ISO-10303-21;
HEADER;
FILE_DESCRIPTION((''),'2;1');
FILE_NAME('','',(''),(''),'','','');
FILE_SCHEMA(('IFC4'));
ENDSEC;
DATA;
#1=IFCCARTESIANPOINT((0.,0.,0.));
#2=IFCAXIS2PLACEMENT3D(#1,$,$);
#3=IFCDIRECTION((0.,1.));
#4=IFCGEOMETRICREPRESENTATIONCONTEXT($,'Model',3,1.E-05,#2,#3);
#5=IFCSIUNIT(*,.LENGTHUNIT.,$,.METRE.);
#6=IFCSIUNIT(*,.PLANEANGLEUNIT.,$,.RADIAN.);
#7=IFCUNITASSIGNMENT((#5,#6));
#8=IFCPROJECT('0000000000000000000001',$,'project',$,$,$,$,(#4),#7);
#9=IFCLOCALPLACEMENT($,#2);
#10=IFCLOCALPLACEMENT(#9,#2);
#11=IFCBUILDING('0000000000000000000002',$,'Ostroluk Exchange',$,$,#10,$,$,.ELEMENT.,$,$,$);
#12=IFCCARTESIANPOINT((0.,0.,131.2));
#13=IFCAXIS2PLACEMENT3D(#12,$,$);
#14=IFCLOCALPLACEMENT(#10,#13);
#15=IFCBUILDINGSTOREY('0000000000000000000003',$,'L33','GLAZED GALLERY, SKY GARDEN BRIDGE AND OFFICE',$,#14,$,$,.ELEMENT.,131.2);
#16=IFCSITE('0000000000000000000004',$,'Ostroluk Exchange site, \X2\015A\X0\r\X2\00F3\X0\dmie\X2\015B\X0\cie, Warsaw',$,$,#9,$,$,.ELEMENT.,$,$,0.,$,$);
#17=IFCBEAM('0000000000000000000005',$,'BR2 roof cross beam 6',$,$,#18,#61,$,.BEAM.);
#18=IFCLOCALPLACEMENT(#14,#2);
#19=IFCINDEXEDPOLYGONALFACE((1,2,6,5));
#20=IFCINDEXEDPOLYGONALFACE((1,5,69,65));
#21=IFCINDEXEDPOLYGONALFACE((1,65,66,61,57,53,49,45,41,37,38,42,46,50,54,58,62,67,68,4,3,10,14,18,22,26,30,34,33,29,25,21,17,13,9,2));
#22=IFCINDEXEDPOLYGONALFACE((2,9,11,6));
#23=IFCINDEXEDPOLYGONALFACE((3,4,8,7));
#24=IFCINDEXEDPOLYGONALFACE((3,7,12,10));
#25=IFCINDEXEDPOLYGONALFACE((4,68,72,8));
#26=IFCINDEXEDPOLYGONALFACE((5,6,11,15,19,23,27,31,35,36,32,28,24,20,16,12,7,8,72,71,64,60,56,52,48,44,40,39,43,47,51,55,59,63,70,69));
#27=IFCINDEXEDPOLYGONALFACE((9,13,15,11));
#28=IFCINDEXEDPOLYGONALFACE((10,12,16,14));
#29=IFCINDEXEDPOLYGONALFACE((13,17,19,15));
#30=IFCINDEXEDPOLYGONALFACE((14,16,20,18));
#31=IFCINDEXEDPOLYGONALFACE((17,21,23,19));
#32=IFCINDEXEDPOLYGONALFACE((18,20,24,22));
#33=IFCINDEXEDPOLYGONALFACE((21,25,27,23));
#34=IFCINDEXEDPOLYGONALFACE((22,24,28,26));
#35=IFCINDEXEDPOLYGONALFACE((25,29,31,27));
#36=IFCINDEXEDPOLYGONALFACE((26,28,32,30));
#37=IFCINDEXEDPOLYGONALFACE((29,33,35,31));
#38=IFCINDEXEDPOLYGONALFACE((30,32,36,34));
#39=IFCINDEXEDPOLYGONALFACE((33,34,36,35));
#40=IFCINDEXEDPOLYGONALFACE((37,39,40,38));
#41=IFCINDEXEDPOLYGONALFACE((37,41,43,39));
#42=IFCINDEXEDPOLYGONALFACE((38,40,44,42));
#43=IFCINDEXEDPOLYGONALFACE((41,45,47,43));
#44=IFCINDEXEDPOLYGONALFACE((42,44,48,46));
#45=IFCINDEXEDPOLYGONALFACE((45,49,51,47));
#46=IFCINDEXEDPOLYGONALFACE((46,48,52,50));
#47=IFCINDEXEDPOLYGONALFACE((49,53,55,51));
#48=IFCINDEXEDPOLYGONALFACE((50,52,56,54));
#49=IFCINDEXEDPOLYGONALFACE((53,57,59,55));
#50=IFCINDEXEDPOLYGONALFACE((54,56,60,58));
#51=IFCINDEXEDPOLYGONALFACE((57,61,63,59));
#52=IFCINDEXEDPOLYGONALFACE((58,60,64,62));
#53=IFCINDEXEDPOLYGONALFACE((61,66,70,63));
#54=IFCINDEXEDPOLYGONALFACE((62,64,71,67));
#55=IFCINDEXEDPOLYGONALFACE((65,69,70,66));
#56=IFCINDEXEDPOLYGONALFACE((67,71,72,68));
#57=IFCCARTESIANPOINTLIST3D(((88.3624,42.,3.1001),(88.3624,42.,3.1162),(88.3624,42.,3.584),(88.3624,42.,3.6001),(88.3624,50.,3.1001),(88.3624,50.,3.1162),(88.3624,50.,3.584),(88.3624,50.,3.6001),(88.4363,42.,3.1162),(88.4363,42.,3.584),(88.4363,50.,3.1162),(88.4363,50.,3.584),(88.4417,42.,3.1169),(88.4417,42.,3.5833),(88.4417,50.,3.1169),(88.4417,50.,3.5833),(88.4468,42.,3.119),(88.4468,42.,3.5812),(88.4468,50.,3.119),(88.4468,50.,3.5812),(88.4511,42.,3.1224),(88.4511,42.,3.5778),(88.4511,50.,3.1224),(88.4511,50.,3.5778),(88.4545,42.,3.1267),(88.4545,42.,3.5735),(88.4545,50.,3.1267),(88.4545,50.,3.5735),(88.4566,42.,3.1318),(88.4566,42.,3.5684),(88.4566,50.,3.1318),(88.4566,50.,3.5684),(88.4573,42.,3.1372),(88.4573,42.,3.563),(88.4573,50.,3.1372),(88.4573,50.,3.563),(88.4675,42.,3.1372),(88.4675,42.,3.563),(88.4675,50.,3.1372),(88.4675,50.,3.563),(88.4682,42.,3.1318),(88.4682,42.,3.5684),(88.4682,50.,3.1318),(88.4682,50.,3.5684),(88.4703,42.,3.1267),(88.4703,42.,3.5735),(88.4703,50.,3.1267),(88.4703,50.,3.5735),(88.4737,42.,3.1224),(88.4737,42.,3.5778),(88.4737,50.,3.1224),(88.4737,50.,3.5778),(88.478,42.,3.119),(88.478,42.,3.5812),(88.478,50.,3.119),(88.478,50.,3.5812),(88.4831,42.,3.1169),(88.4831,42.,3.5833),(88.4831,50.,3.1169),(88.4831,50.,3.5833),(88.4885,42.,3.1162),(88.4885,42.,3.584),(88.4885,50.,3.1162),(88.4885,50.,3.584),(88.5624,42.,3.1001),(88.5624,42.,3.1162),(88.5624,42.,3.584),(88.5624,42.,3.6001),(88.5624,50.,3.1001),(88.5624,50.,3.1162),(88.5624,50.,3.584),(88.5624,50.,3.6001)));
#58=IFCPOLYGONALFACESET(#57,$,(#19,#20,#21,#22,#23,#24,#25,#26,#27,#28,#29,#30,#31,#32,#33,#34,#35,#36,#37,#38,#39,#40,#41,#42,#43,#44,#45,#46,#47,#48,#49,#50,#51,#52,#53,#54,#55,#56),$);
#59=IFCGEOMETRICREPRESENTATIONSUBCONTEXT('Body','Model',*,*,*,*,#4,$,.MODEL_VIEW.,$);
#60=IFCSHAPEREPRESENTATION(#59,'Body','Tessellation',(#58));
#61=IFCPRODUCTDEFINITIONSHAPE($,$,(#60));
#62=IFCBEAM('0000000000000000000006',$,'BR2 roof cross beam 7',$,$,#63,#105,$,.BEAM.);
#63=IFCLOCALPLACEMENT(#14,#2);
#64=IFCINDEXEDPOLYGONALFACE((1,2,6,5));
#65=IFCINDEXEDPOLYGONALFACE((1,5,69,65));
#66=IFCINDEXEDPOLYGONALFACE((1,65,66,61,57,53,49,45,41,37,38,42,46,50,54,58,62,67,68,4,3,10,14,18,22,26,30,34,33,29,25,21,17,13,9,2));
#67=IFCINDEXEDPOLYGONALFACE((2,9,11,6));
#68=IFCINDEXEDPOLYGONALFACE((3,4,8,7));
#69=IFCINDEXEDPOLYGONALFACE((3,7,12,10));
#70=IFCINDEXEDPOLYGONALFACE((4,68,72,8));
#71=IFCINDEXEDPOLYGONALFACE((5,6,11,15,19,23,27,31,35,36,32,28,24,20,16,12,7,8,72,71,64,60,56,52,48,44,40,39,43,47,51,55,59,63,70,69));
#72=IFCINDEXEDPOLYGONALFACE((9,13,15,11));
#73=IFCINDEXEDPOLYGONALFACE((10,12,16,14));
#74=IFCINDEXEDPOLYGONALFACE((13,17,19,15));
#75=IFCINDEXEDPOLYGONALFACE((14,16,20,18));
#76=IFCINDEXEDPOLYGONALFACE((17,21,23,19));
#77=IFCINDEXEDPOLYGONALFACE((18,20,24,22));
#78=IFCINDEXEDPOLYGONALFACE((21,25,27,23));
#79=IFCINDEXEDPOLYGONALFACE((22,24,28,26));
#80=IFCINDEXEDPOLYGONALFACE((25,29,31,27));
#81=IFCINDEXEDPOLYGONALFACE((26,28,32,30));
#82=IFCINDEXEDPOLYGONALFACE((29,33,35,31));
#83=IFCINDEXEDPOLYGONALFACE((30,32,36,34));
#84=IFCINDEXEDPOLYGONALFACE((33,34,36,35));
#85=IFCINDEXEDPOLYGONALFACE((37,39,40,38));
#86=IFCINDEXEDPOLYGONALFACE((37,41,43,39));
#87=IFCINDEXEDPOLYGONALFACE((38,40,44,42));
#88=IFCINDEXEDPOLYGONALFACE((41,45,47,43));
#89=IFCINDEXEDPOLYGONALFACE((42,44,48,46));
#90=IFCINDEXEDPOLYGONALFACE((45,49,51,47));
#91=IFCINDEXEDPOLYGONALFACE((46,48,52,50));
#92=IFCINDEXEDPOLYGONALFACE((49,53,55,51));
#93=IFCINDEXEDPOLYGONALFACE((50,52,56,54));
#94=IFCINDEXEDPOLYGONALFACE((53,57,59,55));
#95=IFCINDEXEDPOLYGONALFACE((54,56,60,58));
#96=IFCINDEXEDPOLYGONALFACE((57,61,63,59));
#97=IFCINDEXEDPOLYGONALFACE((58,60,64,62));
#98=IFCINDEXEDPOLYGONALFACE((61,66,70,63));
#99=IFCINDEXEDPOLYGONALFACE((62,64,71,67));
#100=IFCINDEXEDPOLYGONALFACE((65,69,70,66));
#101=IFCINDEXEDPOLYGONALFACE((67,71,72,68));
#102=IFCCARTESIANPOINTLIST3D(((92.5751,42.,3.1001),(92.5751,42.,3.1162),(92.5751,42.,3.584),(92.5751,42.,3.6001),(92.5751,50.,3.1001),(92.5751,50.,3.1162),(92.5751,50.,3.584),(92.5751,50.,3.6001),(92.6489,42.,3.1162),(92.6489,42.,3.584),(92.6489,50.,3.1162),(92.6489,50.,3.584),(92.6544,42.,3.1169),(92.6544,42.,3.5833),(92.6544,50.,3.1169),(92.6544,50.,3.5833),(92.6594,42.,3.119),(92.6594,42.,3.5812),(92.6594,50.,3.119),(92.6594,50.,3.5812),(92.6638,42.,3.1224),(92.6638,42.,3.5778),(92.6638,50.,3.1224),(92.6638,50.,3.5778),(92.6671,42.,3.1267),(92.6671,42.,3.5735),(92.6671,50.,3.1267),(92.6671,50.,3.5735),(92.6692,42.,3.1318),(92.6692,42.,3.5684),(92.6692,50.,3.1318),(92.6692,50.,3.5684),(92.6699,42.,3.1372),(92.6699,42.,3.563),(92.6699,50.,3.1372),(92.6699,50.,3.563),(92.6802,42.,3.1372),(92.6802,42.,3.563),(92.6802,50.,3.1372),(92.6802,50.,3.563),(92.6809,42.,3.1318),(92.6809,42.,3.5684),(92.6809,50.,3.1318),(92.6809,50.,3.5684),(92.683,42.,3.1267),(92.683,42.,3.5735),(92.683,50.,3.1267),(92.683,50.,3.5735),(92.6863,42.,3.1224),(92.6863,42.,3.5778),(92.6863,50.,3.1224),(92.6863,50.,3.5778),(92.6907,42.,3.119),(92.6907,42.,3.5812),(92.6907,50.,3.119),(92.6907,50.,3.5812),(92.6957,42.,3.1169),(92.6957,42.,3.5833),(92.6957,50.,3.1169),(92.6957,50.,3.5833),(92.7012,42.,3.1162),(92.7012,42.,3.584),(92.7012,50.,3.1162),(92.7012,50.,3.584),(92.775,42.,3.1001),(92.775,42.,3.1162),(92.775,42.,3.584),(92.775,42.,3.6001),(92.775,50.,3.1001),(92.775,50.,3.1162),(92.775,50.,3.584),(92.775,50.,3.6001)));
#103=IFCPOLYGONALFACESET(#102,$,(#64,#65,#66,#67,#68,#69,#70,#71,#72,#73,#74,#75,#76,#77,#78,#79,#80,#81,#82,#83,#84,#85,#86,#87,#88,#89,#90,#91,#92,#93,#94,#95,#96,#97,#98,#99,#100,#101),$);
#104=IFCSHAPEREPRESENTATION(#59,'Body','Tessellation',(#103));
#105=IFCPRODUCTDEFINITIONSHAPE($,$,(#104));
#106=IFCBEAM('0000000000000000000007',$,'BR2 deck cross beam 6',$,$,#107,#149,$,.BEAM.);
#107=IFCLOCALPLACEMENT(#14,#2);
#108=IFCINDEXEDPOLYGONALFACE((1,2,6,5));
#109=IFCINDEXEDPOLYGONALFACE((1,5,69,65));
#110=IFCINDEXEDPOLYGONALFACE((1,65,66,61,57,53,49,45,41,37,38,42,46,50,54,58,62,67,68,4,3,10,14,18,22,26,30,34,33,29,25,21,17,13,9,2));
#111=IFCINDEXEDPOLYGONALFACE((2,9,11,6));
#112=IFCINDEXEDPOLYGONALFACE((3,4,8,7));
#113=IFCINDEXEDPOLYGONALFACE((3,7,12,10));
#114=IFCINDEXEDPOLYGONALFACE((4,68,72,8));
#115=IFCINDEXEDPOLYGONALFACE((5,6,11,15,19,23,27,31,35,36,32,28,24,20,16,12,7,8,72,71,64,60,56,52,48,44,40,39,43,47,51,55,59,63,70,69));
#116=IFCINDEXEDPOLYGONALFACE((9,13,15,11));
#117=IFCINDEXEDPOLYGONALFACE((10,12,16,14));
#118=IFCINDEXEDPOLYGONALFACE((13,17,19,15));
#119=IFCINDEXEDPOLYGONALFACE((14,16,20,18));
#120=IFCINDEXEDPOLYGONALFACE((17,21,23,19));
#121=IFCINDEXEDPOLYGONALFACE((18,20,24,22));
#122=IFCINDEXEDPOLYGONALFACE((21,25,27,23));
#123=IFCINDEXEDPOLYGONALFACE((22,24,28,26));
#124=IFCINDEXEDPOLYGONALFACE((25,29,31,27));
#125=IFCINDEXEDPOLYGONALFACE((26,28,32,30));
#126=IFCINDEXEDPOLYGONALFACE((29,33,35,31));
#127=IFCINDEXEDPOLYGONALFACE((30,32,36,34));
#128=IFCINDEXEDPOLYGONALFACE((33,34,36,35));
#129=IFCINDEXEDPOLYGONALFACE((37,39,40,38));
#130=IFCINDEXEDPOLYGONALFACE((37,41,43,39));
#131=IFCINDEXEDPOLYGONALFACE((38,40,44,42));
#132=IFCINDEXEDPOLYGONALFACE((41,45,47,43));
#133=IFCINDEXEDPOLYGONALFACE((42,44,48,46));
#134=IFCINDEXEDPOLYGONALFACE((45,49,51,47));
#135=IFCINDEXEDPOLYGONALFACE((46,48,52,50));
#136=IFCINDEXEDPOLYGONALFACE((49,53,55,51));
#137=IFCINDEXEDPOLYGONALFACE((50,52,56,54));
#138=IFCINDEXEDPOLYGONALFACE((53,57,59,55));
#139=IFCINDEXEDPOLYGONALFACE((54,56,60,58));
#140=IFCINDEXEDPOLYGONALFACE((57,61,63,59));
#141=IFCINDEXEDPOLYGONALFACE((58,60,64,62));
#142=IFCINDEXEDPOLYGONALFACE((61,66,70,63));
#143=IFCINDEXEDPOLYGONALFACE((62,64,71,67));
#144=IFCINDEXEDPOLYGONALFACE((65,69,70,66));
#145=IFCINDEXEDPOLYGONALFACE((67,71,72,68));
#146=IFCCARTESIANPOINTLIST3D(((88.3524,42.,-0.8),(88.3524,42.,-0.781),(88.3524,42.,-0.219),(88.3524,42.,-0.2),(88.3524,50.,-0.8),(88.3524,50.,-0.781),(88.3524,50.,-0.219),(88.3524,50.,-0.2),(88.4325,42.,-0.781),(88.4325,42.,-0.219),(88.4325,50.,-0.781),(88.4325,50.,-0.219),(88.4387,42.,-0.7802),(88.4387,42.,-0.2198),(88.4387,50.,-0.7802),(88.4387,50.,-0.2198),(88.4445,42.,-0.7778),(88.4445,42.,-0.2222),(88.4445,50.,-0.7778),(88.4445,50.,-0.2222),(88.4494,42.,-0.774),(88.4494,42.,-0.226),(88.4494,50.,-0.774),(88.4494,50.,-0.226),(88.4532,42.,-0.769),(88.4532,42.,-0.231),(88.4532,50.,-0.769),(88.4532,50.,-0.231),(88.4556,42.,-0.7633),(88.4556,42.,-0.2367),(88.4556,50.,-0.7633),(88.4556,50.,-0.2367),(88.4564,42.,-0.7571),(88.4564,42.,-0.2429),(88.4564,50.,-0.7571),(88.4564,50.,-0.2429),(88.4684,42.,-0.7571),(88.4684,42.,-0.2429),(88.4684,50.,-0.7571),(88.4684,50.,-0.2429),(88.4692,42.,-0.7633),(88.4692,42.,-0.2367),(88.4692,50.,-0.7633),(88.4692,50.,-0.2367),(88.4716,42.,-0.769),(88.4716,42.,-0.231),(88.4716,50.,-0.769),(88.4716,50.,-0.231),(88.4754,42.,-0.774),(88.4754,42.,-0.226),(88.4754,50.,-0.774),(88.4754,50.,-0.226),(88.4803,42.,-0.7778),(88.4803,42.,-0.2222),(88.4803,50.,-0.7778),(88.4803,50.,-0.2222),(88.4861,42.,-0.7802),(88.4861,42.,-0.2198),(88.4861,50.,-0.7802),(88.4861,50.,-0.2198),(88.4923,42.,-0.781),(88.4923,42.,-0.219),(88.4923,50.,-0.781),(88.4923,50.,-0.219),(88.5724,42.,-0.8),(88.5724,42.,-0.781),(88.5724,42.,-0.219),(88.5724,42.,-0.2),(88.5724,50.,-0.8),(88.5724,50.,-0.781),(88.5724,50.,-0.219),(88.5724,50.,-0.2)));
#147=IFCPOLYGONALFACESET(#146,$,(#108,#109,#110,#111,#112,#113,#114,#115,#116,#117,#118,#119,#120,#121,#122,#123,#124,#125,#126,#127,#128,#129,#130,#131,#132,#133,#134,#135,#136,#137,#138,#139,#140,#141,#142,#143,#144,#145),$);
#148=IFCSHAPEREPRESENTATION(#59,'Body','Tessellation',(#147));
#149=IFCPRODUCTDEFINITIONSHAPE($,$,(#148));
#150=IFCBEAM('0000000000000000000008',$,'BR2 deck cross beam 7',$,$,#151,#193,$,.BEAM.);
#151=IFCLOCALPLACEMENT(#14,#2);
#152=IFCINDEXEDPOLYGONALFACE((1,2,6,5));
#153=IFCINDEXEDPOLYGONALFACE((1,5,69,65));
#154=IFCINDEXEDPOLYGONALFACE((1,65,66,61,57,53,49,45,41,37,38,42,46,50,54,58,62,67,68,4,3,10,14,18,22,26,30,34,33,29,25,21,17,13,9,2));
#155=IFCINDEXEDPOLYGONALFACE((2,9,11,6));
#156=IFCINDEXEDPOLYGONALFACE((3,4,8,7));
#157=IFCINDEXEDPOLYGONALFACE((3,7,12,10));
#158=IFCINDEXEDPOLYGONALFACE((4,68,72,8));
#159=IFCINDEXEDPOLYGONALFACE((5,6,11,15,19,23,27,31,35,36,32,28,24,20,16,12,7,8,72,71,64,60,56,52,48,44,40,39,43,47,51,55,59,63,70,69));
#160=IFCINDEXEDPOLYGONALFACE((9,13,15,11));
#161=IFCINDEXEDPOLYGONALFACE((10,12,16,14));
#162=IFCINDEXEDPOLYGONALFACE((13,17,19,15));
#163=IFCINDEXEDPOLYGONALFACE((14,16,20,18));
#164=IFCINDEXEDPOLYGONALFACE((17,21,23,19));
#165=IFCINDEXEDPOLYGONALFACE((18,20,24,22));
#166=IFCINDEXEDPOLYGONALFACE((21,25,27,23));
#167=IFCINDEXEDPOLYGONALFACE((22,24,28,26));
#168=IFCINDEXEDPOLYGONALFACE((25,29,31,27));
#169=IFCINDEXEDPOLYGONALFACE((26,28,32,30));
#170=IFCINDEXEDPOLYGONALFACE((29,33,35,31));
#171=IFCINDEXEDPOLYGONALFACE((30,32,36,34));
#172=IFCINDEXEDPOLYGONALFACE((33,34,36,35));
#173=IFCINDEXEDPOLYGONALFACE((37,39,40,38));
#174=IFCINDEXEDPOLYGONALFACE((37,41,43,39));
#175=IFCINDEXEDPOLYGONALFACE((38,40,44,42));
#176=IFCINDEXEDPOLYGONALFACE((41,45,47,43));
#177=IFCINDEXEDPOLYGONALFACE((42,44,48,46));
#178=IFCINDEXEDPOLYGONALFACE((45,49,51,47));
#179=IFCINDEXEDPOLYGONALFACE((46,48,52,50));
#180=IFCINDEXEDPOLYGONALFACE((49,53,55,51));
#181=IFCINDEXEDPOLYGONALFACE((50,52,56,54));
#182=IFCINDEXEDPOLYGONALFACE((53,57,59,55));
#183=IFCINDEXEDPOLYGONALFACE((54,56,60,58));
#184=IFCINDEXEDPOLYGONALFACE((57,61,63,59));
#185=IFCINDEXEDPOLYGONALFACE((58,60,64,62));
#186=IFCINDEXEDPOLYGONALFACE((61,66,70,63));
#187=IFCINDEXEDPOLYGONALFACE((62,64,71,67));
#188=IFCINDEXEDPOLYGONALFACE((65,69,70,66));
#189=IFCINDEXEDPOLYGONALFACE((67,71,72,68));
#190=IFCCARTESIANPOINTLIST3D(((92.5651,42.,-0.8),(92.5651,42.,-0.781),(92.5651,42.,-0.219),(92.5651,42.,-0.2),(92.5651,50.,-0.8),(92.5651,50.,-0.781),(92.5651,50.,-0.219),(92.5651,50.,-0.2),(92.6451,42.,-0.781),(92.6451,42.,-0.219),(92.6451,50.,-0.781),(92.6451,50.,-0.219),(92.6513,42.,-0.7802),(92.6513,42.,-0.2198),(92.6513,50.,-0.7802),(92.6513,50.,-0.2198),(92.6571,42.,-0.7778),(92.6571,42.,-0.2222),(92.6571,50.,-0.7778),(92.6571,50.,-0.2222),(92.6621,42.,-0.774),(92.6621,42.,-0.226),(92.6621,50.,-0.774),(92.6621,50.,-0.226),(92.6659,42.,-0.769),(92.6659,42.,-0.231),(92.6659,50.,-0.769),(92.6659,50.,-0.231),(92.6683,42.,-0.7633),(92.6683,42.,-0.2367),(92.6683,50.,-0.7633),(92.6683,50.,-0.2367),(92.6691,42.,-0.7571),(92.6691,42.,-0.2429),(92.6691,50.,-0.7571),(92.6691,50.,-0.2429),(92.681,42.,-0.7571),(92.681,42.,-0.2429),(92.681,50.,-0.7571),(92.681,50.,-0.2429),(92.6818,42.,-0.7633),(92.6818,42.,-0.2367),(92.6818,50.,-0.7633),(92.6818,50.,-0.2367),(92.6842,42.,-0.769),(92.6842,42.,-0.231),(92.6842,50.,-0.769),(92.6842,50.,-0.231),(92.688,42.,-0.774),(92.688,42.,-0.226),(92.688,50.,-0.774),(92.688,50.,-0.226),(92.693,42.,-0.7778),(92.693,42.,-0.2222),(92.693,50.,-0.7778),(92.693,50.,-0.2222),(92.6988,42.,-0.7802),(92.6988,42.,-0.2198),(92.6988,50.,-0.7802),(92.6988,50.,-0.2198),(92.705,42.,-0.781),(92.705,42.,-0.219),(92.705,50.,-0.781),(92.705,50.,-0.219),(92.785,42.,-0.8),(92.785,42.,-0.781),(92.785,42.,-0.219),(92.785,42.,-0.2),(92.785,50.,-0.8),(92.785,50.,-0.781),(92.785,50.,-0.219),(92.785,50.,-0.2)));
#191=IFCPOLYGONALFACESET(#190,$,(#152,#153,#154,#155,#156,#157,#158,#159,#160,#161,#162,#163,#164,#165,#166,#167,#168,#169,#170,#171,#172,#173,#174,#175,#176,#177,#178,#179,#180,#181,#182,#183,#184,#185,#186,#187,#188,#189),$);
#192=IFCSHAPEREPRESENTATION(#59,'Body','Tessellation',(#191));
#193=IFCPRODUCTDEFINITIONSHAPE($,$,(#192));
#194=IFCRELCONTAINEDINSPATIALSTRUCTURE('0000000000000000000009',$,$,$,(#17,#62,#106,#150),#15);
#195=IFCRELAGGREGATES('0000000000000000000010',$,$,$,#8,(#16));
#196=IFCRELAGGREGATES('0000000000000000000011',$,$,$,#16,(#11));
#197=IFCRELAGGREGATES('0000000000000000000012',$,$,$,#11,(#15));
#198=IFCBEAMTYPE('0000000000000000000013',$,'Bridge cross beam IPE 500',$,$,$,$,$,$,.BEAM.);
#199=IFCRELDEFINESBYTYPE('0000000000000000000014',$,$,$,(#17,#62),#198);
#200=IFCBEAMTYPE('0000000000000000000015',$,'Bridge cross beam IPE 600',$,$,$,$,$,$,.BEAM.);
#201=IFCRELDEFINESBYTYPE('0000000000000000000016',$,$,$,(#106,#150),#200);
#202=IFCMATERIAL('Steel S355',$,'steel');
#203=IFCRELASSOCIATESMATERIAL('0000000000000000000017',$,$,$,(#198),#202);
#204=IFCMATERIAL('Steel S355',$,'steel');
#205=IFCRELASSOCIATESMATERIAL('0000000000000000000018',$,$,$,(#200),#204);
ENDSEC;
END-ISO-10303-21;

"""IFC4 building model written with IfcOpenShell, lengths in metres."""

from ifc_helpers import new_model, si_unit, direction, frame, origin, origin_2d, place, context, subcontext, project, spatial, i_section, extrude, material, material_profile, profile_set, type_object, element, save


model = new_model("IFC4")

# Units and contexts
model_context = context("Model", 3, precision=1e-05, world=origin(), true_north=direction((0.0, 1.0)))
body_context = subcontext(model_context, "Body", "Model", "MODEL_VIEW")
ifc_project = project(units=[si_unit("LENGTHUNIT", "METRE"), si_unit("PLANEANGLEUNIT", "RADIAN")], contexts=[model_context])

# Site, building, storey
site_placement = place(None, origin())
site = spatial("IfcSite", under=ifc_project, at=site_placement, Name="Ostroluk Exchange site, Śródmieście, Warsaw", CompositionType="ELEMENT", RefElevation=0.0)
building_placement = place(site_placement, origin())
building = spatial("IfcBuilding", under=site, at=building_placement, Name="Ostroluk Exchange", CompositionType="ELEMENT")
storey_placement = place(building_placement, frame((0.0, 0.0, 131.2)))
storey = spatial("IfcBuildingStorey", under=building, at=storey_placement, Name="L33", Description="GLAZED GALLERY, SKY GARDEN BRIDGE AND OFFICE", CompositionType="ELEMENT", Elevation=131.2)

# Beams
ifc_material_1 = material(Name="Steel S355", Category="steel")
ifc_material_profile_1 = material_profile(ifc_material_1, i_section(OverallWidth=0.2, OverallDepth=0.5, WebThickness=0.0103, FlangeThickness=0.0161, FilletRadius=0.021, at=origin_2d()), Name="IPE 500")
ifc_profile_set_1 = profile_set([ifc_material_profile_1], Name="Steel S355")
beam_type_1 = type_object("IfcBeamType", Name="Bridge cross beam IPE 500", PredefinedType="BEAM", material=ifc_profile_set_1)
for number, where, z_axis, x_axis, name in (
    (1, (88.4624, 42.0, 3.3501), (0.0, 1.0, 0.0), (-1.0, 0.0, 0.0), "BR2 roof cross beam 6"),
    (2, (92.675, 42.0, 3.3501), (0.0, 1.0, 0.0), (-1.0, 0.0, 0.0), "BR2 roof cross beam 7"),
):
    element("IfcBeam", number, at=place(storey_placement, frame(where, z_axis=z_axis, x_axis=x_axis)), inside=storey, type_object=beam_type_1, Name=name, PredefinedType="BEAM", context=body_context, shape_type="SweptSolid", body=[
        extrude(i_section(OverallWidth=0.2, OverallDepth=0.5, WebThickness=0.0103, FlangeThickness=0.0161, FilletRadius=0.021, at=origin_2d()), origin(), (0.0, 0.0, 1.0), 8.0),
    ])
ifc_material_2 = material(Name="Steel S355", Category="steel")
ifc_material_profile_2 = material_profile(ifc_material_2, i_section(OverallWidth=0.22, OverallDepth=0.6001, WebThickness=0.012, FlangeThickness=0.019, FilletRadius=0.0239, at=origin_2d()), Name="IPE 600")
ifc_profile_set_2 = profile_set([ifc_material_profile_2], Name="Steel S355")
beam_type_2 = type_object("IfcBeamType", Name="Bridge cross beam IPE 600", PredefinedType="BEAM", material=ifc_profile_set_2)
for number, where, z_axis, x_axis, name in (
    (3, (88.4624, 42.0, -0.5), (0.0, 1.0, 0.0), (-1.0, 0.0, 0.0), "BR2 deck cross beam 6"),
    (4, (92.675, 42.0, -0.5), (0.0, 1.0, 0.0), (-1.0, 0.0, 0.0), "BR2 deck cross beam 7"),
):
    element("IfcBeam", number, at=place(storey_placement, frame(where, z_axis=z_axis, x_axis=x_axis)), inside=storey, type_object=beam_type_2, Name=name, PredefinedType="BEAM", context=body_context, shape_type="SweptSolid", body=[
        extrude(i_section(OverallWidth=0.22, OverallDepth=0.6001, WebThickness=0.012, FlangeThickness=0.019, FilletRadius=0.0239, at=origin_2d()), origin(), (0.0, 0.0, 1.0), 8.0),
    ])

save(model, "model.ifc")
